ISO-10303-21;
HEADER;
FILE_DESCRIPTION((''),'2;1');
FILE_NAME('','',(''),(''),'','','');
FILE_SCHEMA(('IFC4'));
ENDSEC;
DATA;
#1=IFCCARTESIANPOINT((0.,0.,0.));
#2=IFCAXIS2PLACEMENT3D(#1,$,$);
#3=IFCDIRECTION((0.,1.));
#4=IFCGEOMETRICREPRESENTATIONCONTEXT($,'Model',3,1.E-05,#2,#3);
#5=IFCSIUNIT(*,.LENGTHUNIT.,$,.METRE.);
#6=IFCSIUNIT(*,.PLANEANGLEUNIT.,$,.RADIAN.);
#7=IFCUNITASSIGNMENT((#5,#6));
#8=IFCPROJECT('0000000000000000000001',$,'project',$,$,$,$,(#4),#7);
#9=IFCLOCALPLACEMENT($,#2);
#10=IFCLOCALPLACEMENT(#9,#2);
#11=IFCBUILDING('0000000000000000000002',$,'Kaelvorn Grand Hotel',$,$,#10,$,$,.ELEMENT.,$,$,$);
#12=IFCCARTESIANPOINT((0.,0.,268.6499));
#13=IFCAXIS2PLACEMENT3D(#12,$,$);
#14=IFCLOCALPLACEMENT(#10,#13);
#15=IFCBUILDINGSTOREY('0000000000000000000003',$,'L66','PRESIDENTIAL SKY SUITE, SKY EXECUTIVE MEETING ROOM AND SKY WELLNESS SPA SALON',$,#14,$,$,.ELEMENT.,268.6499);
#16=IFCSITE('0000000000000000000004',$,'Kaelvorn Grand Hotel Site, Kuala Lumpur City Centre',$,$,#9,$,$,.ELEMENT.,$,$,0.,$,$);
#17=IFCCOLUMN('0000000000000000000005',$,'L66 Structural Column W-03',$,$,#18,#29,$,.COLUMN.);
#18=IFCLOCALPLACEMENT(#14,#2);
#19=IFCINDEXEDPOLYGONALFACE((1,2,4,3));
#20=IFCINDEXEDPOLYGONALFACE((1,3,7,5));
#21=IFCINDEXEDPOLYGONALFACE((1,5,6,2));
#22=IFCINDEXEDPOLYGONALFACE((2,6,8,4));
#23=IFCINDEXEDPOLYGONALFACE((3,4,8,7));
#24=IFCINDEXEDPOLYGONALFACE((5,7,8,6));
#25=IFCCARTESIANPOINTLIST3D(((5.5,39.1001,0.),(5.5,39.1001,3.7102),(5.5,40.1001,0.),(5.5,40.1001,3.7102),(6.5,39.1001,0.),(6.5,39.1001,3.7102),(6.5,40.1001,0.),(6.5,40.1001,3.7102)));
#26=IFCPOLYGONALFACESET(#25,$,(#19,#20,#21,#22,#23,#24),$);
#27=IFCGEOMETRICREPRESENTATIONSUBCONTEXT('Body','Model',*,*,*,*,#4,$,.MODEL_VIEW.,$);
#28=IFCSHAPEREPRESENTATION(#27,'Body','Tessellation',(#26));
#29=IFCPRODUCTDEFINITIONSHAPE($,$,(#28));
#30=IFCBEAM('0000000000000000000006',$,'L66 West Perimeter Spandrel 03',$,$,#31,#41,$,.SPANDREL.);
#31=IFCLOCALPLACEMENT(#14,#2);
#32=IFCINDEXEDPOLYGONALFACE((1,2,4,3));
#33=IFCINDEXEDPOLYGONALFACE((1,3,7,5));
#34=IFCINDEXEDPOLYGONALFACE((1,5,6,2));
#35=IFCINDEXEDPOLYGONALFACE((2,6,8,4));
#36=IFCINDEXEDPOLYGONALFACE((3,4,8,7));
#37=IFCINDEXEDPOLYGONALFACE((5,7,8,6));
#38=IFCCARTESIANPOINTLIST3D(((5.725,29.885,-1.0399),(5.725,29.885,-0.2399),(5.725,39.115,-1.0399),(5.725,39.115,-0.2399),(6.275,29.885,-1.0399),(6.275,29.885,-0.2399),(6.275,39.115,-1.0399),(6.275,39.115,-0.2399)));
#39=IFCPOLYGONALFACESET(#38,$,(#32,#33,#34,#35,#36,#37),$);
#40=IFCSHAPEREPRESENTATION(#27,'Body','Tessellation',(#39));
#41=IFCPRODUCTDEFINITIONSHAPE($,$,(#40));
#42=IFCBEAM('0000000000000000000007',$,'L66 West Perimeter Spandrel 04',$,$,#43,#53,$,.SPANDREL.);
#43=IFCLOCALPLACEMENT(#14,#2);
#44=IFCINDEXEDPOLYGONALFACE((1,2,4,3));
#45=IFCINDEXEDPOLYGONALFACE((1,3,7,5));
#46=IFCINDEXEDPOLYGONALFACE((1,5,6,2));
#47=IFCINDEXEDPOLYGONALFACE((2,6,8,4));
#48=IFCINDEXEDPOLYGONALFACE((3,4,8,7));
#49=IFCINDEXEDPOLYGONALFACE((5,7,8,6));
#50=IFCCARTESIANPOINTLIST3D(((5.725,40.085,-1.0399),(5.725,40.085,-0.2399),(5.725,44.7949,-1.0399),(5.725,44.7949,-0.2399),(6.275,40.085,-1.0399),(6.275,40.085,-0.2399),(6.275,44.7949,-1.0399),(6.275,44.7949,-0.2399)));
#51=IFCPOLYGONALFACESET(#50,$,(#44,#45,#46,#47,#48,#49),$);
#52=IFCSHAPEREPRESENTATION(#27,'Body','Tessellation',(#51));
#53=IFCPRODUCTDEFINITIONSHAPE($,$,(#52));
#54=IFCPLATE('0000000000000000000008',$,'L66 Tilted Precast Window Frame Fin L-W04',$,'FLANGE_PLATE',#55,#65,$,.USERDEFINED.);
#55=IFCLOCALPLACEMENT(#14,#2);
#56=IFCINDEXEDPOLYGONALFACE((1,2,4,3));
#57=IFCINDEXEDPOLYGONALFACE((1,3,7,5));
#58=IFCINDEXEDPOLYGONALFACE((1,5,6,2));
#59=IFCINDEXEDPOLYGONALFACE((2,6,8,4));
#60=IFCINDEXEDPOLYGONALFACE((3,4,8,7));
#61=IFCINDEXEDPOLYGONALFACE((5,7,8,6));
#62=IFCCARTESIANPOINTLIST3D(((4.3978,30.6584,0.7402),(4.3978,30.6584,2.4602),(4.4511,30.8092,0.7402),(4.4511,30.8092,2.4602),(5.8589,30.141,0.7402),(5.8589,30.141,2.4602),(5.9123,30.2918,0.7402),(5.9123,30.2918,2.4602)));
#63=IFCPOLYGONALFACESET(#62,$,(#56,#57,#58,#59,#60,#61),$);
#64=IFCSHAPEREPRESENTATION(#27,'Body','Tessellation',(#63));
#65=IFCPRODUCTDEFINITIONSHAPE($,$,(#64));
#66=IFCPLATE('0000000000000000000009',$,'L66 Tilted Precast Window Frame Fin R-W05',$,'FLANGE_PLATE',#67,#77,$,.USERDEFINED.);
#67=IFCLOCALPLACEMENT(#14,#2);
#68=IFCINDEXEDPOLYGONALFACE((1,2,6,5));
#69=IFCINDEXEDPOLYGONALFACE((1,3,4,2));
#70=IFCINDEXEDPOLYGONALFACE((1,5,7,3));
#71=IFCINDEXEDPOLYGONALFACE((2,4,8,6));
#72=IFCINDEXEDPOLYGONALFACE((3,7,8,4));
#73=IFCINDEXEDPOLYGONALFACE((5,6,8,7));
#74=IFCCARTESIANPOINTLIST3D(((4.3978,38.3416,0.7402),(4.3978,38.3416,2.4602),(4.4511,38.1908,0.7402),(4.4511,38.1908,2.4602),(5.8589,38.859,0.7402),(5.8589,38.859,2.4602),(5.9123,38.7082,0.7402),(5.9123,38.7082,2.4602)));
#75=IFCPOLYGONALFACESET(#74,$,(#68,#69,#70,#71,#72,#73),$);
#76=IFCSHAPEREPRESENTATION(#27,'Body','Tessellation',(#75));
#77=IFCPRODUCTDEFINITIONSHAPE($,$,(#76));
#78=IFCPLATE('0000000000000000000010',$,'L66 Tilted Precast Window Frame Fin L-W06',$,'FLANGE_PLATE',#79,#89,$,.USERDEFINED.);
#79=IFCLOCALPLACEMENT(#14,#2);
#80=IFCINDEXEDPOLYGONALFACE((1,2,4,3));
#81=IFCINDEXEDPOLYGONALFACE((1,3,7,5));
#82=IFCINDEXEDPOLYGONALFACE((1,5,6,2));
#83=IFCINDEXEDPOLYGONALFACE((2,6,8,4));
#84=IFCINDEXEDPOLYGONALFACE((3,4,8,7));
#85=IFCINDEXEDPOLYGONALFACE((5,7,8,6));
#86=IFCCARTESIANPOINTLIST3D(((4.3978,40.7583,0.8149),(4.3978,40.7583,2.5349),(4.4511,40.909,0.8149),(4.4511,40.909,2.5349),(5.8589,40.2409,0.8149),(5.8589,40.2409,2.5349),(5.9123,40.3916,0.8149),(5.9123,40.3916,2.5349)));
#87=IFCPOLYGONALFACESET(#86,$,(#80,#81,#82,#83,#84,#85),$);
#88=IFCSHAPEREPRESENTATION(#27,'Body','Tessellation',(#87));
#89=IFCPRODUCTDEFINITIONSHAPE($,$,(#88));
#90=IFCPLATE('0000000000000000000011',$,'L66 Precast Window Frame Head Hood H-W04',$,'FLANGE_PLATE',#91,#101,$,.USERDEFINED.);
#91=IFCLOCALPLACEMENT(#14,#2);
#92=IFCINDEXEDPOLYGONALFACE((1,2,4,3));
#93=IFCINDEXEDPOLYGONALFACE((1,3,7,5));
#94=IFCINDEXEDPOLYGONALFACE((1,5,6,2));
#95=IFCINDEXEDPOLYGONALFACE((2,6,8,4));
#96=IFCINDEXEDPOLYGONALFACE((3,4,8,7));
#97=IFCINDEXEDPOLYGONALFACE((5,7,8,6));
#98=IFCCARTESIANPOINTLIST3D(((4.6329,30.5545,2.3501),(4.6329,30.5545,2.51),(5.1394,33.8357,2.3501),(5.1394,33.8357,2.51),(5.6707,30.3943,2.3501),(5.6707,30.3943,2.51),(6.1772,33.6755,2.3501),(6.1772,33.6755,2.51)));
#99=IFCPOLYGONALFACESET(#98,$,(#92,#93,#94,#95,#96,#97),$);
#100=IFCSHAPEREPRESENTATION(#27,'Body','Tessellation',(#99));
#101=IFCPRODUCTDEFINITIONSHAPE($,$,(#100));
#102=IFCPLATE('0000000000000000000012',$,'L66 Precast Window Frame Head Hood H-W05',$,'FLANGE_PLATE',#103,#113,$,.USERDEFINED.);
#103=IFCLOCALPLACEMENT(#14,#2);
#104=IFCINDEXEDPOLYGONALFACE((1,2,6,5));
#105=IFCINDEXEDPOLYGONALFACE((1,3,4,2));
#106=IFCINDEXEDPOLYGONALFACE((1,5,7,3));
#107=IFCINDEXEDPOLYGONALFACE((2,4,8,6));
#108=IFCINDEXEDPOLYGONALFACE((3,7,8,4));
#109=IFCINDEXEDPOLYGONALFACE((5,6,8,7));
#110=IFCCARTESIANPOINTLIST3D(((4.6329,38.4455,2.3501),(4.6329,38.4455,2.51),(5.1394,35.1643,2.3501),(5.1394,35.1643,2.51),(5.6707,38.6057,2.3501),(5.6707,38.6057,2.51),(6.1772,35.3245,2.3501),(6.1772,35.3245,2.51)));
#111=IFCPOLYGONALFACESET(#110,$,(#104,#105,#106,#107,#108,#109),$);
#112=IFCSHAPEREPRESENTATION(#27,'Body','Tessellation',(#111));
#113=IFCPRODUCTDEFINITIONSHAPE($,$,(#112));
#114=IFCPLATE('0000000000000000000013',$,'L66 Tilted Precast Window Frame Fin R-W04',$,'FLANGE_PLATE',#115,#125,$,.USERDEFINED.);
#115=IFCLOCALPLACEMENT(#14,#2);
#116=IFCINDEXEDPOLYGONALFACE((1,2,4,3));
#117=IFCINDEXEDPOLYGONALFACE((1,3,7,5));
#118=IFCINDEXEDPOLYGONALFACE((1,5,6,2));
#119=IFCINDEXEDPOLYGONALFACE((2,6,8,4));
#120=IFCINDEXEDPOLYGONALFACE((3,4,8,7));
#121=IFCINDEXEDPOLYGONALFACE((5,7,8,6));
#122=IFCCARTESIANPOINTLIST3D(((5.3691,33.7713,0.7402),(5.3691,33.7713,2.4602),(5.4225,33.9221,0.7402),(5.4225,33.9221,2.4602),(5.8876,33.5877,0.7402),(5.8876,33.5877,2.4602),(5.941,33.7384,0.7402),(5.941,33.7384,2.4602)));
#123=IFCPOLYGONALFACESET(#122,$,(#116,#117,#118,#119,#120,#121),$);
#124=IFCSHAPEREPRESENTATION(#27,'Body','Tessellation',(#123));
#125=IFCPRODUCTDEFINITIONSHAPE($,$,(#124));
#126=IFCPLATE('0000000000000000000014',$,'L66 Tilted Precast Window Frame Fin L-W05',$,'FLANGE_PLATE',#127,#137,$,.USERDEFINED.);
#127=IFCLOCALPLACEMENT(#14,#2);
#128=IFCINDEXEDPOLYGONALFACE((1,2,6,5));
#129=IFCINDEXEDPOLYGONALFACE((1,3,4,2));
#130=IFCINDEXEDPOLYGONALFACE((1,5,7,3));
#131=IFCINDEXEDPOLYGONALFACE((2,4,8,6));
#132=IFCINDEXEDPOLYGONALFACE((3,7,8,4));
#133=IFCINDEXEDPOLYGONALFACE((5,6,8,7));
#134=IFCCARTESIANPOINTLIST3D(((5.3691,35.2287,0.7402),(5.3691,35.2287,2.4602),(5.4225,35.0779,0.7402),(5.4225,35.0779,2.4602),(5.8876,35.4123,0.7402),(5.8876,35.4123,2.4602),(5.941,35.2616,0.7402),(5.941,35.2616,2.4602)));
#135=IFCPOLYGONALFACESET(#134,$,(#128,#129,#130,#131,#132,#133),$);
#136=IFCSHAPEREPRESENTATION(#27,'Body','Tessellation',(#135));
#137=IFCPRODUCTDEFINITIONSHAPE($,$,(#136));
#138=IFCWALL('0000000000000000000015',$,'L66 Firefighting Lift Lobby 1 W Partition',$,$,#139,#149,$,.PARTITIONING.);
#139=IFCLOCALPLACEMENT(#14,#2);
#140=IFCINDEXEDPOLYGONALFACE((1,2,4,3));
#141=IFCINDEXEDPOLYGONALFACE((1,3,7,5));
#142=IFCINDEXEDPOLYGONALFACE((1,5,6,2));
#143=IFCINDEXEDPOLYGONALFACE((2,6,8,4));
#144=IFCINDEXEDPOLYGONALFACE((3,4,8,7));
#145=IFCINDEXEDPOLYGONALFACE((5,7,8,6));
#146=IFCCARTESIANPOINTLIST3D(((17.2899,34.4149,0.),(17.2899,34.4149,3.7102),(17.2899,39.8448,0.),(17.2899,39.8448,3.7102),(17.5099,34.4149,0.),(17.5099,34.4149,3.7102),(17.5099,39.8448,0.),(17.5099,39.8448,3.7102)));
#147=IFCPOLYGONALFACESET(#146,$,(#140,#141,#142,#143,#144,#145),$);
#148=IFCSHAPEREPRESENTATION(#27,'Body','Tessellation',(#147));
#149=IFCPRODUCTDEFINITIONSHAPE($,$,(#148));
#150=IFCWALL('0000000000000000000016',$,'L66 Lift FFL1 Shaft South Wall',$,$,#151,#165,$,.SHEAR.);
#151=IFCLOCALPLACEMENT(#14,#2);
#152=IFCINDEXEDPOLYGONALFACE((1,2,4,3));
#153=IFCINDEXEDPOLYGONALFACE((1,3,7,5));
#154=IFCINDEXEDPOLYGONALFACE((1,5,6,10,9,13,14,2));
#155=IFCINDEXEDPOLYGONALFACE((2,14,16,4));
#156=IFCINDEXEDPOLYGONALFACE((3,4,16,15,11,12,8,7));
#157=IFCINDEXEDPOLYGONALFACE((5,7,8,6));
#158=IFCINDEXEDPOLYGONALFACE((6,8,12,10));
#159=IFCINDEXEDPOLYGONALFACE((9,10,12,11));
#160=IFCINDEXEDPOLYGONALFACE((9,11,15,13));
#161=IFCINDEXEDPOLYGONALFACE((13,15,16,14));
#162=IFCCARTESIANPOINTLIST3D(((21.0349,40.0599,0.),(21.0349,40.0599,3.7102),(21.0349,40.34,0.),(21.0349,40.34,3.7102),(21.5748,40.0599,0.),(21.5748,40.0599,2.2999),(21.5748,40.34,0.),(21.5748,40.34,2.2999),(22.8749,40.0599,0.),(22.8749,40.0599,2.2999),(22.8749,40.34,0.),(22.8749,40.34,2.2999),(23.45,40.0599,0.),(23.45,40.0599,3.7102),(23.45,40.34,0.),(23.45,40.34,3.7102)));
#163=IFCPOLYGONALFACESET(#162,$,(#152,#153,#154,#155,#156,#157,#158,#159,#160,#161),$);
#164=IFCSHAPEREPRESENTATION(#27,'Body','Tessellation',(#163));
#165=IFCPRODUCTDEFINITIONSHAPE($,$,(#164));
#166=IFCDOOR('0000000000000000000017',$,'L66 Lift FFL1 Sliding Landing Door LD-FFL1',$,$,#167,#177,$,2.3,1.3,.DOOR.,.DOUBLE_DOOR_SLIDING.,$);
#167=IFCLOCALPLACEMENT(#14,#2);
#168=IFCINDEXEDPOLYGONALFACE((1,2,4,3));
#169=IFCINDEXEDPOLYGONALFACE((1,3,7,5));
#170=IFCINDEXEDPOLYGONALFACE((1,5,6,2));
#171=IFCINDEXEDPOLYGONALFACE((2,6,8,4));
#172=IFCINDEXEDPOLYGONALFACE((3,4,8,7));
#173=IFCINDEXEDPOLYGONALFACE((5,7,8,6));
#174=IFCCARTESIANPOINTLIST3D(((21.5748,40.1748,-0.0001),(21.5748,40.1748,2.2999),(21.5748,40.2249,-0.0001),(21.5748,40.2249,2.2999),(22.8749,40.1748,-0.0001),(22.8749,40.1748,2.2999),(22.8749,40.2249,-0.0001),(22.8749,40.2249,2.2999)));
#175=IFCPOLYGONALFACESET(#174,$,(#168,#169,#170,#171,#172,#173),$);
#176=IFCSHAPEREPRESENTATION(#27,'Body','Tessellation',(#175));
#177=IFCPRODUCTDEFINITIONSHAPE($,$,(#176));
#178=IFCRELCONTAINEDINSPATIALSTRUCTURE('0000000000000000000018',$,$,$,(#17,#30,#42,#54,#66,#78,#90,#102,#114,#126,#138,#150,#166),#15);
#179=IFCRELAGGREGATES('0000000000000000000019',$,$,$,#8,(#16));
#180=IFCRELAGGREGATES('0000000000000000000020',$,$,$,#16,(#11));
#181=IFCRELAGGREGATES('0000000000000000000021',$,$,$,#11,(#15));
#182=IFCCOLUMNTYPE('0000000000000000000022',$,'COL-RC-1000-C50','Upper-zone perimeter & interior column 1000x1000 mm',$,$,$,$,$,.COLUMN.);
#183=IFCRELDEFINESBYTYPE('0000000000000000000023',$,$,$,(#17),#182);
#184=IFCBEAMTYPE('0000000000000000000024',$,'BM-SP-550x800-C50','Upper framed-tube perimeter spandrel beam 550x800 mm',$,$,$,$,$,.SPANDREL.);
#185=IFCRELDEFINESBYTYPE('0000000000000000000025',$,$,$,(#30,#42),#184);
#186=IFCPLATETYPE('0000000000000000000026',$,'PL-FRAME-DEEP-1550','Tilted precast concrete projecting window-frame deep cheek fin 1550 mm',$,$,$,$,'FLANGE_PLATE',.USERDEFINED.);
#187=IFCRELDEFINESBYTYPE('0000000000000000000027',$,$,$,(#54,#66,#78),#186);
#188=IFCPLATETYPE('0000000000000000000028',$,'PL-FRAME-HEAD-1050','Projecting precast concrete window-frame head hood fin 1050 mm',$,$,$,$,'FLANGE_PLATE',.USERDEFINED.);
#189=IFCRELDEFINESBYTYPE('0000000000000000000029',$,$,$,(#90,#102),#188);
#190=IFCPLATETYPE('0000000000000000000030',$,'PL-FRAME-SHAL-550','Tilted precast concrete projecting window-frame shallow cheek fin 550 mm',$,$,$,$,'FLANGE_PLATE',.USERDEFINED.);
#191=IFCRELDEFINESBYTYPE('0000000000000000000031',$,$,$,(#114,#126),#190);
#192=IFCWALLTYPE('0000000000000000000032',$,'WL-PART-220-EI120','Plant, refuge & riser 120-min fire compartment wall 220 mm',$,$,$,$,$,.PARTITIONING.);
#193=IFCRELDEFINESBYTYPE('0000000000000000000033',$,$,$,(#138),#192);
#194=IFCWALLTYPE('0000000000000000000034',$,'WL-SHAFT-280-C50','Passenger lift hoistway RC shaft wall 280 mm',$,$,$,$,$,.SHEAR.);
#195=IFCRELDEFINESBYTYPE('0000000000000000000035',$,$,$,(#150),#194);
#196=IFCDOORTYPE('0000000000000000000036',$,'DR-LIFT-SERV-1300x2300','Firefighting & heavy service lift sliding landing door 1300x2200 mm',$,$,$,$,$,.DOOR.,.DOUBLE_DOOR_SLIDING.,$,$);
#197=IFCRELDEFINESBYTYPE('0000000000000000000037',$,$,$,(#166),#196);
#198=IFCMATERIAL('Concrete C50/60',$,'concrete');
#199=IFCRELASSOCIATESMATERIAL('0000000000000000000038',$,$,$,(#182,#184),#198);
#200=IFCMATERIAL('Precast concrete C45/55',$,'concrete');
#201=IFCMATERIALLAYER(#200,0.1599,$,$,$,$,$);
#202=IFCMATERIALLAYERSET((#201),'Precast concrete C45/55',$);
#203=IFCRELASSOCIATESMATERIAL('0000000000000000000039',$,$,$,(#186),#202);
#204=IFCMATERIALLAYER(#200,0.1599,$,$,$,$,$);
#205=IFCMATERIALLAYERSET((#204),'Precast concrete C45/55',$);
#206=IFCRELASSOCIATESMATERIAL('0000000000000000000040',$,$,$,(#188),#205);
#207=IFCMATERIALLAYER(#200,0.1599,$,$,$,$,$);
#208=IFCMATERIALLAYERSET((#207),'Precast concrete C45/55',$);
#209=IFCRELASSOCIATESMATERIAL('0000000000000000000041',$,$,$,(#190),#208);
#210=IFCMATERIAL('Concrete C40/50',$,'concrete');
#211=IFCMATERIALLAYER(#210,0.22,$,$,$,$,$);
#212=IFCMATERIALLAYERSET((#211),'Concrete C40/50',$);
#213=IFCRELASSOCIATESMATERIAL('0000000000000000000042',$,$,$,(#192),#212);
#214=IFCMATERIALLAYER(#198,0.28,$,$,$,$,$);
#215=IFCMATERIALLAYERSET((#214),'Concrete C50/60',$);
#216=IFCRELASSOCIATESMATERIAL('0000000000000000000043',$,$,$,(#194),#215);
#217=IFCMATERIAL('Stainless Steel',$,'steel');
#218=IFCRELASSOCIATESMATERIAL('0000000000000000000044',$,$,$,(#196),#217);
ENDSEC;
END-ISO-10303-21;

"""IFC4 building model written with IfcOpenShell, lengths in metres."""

from ifc_helpers import new_model, si_unit, direction, frame, frame_2d, origin, origin_2d, place, context, subcontext, project, spatial, rectangle, extrude, material, layer, layer_set, material_profile, profile_set, type_object, element, fill, save


model = new_model("IFC4")

# Units and contexts
model_context = context("Model", 3, precision=1e-05, world=origin(), true_north=direction((0.0, 1.0)))
body_context = subcontext(model_context, "Body", "Model", "MODEL_VIEW")
ifc_project = project(units=[si_unit("LENGTHUNIT", "METRE"), si_unit("PLANEANGLEUNIT", "RADIAN")], contexts=[model_context])

# Site, building, storey
site_placement = place(None, origin())
site = spatial("IfcSite", under=ifc_project, at=site_placement, Name="Kaelvorn Grand Hotel Site, Kuala Lumpur City Centre", CompositionType="ELEMENT", RefElevation=0.0)
building_placement = place(site_placement, origin())
building = spatial("IfcBuilding", under=site, at=building_placement, Name="Kaelvorn Grand Hotel", CompositionType="ELEMENT")
storey_placement = place(building_placement, frame((0.0, 0.0, 268.6499)))
storey = spatial("IfcBuildingStorey", under=building, at=storey_placement, Name="L66", Description="PRESIDENTIAL SKY SUITE, SKY EXECUTIVE MEETING ROOM AND SKY WELLNESS SPA SALON", CompositionType="ELEMENT", Elevation=268.6499)

# Column
ifc_material_1 = material(Name="Concrete C50/60", Category="concrete")
ifc_material_profile_1 = material_profile(ifc_material_1, rectangle(XDim=1.0, YDim=1.0, at=origin_2d()), Name="RC COL 1000x1000")
ifc_profile_set_1 = profile_set([ifc_material_profile_1], Name="Concrete C50/60")
column_type = type_object("IfcColumnType", Name="COL-RC-1000-C50", Description="Upper-zone perimeter & interior column 1000x1000 mm", PredefinedType="COLUMN", material=ifc_profile_set_1)
column_placement = place(storey_placement, frame((6.0, 39.6001, 0.0), z_axis=(0.0, 0.0, 1.0), x_axis=(1.0, 0.0, 0.0)))
element("IfcColumn", 1, at=column_placement, inside=storey, type_object=column_type, Name="L66 Structural Column W-03", PredefinedType="COLUMN", context=body_context, shape_type="SweptSolid", body=[
    extrude(rectangle(XDim=1.0, YDim=1.0, at=origin_2d()), origin(), (0.0, 0.0, 1.0), 3.7102),
])

# Beams
ifc_material_profile_2 = material_profile(ifc_material_1, rectangle(XDim=0.55, YDim=0.8, at=origin_2d()), Name="RC SPANDREL 550x800")
ifc_profile_set_2 = profile_set([ifc_material_profile_2], Name="Concrete C50/60")
beam_type = type_object("IfcBeamType", Name="BM-SP-550x800-C50", Description="Upper framed-tube perimeter spandrel beam 550x800 mm", PredefinedType="SPANDREL", material=ifc_profile_set_2)
beam_1_placement = place(storey_placement, frame((6.0, 29.885, -0.6399), z_axis=(0.0, 1.0, 0.0), x_axis=(-1.0, 0.0, 0.0)))
element("IfcBeam", 2, at=beam_1_placement, inside=storey, type_object=beam_type, Name="L66 West Perimeter Spandrel 03", PredefinedType="SPANDREL", context=body_context, shape_type="SweptSolid", body=[
    extrude(rectangle(XDim=0.55, YDim=0.8, at=origin_2d()), origin(), (0.0, 0.0, 1.0), 9.23),
])
beam_2_placement = place(storey_placement, frame((6.0, 40.085, -0.6399), z_axis=(0.0, 1.0, 0.0), x_axis=(-1.0, 0.0, 0.0)))
element("IfcBeam", 3, at=beam_2_placement, inside=storey, type_object=beam_type, Name="L66 West Perimeter Spandrel 04", PredefinedType="SPANDREL", context=body_context, shape_type="SweptSolid", body=[
    extrude(rectangle(XDim=0.55, YDim=0.8, at=origin_2d()), origin(), (0.0, 0.0, 1.0), 4.71),
])

# Plates
ifc_material_2 = material(Name="Precast concrete C45/55", Category="concrete")
ifc_layer_1 = layer(ifc_material_2, 0.1599)
ifc_layer_set_1 = layer_set([ifc_layer_1], Name="Precast concrete C45/55")
plate_type_1 = type_object("IfcPlateType", Name="PL-FRAME-DEEP-1550", Description="Tilted precast concrete projecting window-frame deep cheek fin 1550 mm", ElementType="FLANGE_PLATE", PredefinedType="USERDEFINED", material=ifc_layer_set_1)
for number, where, z_axis, x_axis, name in (
    (4, (5.155, 30.4751, 0.7402), (0.0, 0.0, 1.0), (0.333807, 0.942641, 0.0), "L66 Tilted Precast Window Frame Fin L-W04"),
    (5, (5.155, 38.5249, 0.7402), (0.0, 0.0, 1.0), (-0.333807, 0.942641, 0.0), "L66 Tilted Precast Window Frame Fin R-W05"),
    (6, (5.155, 40.575, 0.8149), (0.0, 0.0, 1.0), (0.333807, 0.942641, 0.0), "L66 Tilted Precast Window Frame Fin L-W06"),
):
    element("IfcPlate", number, at=place(storey_placement, frame(where, z_axis=z_axis, x_axis=x_axis)), inside=storey, type_object=plate_type_1, Name=name, ObjectType="FLANGE_PLATE", PredefinedType="USERDEFINED", context=body_context, shape_type="SweptSolid", body=[
        extrude(rectangle(XDim=0.1599, YDim=1.55, at=origin_2d()), origin(), (0.0, 0.0, 1.0), 1.72),
    ])
ifc_layer_2 = layer(ifc_material_2, 0.1599)
ifc_layer_set_2 = layer_set([ifc_layer_2], Name="Precast concrete C45/55")
plate_type_2 = type_object("IfcPlateType", Name="PL-FRAME-HEAD-1050", Description="Projecting precast concrete window-frame head hood fin 1050 mm", ElementType="FLANGE_PLATE", PredefinedType="USERDEFINED", material=ifc_layer_set_2)
for number, where, z_axis, x_axis, name in (
    (7, (5.405, 32.115, 2.3501), (0.0, 0.0, 1.0), (0.152555, 0.988295, 0.0), "L66 Precast Window Frame Head Hood H-W04"),
    (8, (5.405, 36.885, 2.3501), (0.0, 0.0, 1.0), (-0.152555, 0.988295, 0.0), "L66 Precast Window Frame Head Hood H-W05"),
):
    element("IfcPlate", number, at=place(storey_placement, frame(where, z_axis=z_axis, x_axis=x_axis)), inside=storey, type_object=plate_type_2, Name=name, ObjectType="FLANGE_PLATE", PredefinedType="USERDEFINED", context=body_context, shape_type="SweptSolid", body=[
        extrude(rectangle(XDim=3.3201, YDim=1.05, at=origin_2d()), origin(), (0.0, 0.0, 1.0), 0.1599),
    ])
ifc_layer_3 = layer(ifc_material_2, 0.1599)
ifc_layer_set_3 = layer_set([ifc_layer_3], Name="Precast concrete C45/55")
plate_type_3 = type_object("IfcPlateType", Name="PL-FRAME-SHAL-550", Description="Tilted precast concrete projecting window-frame shallow cheek fin 550 mm", ElementType="FLANGE_PLATE", PredefinedType="USERDEFINED", material=ifc_layer_set_3)
for number, where, z_axis, x_axis, name in (
    (9, (5.655, 33.7549, 0.7402), (0.0, 0.0, 1.0), (0.333807, 0.942641, 0.0), "L66 Tilted Precast Window Frame Fin R-W04"),
    (10, (5.655, 35.2451, 0.7402), (0.0, 0.0, 1.0), (-0.333807, 0.942641, 0.0), "L66 Tilted Precast Window Frame Fin L-W05"),
):
    element("IfcPlate", number, at=place(storey_placement, frame(where, z_axis=z_axis, x_axis=x_axis)), inside=storey, type_object=plate_type_3, Name=name, ObjectType="FLANGE_PLATE", PredefinedType="USERDEFINED", context=body_context, shape_type="SweptSolid", body=[
        extrude(rectangle(XDim=0.1599, YDim=0.55, at=origin_2d()), origin(), (0.0, 0.0, 1.0), 1.72),
    ])

# Shared definitions
ifc_material_3 = material(Name="Concrete C40/50", Category="concrete")
ifc_layer_4 = layer(ifc_material_3, 0.22)
ifc_layer_set_4 = layer_set([ifc_layer_4], Name="Concrete C40/50")
wall_type_1 = type_object("IfcWallType", Name="WL-PART-220-EI120", Description="Plant, refuge & riser 120-min fire compartment wall 220 mm", PredefinedType="PARTITIONING", material=ifc_layer_set_4)

# Wall
wall_1_placement = place(storey_placement, frame((17.3999, 34.415, 0.0), z_axis=(0.0, 0.0, 1.0), x_axis=(0.0, 1.0, 0.0)))
element("IfcWall", 11, at=wall_1_placement, inside=storey, type_object=wall_type_1, Name="L66 Firefighting Lift Lobby 1 W Partition", PredefinedType="PARTITIONING", context=body_context, shape_type="SweptSolid", body=[
    extrude(rectangle(XDim=5.4299, YDim=0.22, at=frame_2d((2.7148, 0.0))), origin(), (0.0, 0.0, 1.0), 3.7102),
])

# Wall, opening, door
ifc_layer_5 = layer(ifc_material_1, 0.28)
ifc_layer_set_5 = layer_set([ifc_layer_5], Name="Concrete C50/60")
wall_type_2 = type_object("IfcWallType", Name="WL-SHAFT-280-C50", Description="Passenger lift hoistway RC shaft wall 280 mm", PredefinedType="SHEAR", material=ifc_layer_set_5)
wall_2_placement = place(storey_placement, frame((21.0349, 40.2, 0.0), z_axis=(0.0, 0.0, 1.0), x_axis=(1.0, 0.0, 0.0)))
wall_2 = element("IfcWall", 12, at=wall_2_placement, inside=storey, type_object=wall_type_2, Name="L66 Lift FFL1 Shaft South Wall", PredefinedType="SHEAR", context=body_context, shape_type="SweptSolid", body=[
    extrude(rectangle(XDim=2.415, YDim=0.28, at=frame_2d((1.2075, 0.0))), origin(), (0.0, 0.0, 1.0), 3.7102),
])
opening_1_placement = place(wall_2_placement, frame((0.54, 0.0, 0.0)))
opening_1 = element("IfcOpeningElement", 13, at=opening_1_placement, cuts=wall_2, PredefinedType="OPENING", context=body_context, shape_type="SweptSolid", body=[
    extrude(rectangle(XDim=1.3, YDim=2.3, at=frame_2d((0.6499, 1.1499))), frame((0.0, 0.1499, 0.0), z_axis=(0.0, -1.0, 0.0), x_axis=(1.0, 0.0, 0.0)), (0.0, 0.0, 1.0), 0.3),
])
ifc_material_4 = material(Name="Stainless Steel", Category="steel")
door_type_1 = type_object("IfcDoorType", Name="DR-LIFT-SERV-1300x2300", Description="Firefighting & heavy service lift sliding landing door 1300x2200 mm", OperationType="DOUBLE_DOOR_SLIDING", PredefinedType="DOOR", material=ifc_material_4)
door_1_placement = place(opening_1_placement, origin())
door_1 = element("IfcDoor", 14, at=door_1_placement, inside=storey, type_object=door_type_1, Name="L66 Lift FFL1 Sliding Landing Door LD-FFL1", OperationType="DOUBLE_DOOR_SLIDING", OverallHeight=2.3, OverallWidth=1.3, PredefinedType="DOOR", context=body_context, shape_type="SweptSolid", body=[
    extrude(rectangle(XDim=1.3, YDim=2.3, at=frame_2d((0.6499, 1.1499))), frame((0.0, 0.0249, 0.0), z_axis=(0.0, -1.0, 0.0), x_axis=(1.0, 0.0, 0.0)), (0.0, 0.0, 1.0), 0.05),
])
fill(opening_1, door_1)

save(model, "model.ifc")
